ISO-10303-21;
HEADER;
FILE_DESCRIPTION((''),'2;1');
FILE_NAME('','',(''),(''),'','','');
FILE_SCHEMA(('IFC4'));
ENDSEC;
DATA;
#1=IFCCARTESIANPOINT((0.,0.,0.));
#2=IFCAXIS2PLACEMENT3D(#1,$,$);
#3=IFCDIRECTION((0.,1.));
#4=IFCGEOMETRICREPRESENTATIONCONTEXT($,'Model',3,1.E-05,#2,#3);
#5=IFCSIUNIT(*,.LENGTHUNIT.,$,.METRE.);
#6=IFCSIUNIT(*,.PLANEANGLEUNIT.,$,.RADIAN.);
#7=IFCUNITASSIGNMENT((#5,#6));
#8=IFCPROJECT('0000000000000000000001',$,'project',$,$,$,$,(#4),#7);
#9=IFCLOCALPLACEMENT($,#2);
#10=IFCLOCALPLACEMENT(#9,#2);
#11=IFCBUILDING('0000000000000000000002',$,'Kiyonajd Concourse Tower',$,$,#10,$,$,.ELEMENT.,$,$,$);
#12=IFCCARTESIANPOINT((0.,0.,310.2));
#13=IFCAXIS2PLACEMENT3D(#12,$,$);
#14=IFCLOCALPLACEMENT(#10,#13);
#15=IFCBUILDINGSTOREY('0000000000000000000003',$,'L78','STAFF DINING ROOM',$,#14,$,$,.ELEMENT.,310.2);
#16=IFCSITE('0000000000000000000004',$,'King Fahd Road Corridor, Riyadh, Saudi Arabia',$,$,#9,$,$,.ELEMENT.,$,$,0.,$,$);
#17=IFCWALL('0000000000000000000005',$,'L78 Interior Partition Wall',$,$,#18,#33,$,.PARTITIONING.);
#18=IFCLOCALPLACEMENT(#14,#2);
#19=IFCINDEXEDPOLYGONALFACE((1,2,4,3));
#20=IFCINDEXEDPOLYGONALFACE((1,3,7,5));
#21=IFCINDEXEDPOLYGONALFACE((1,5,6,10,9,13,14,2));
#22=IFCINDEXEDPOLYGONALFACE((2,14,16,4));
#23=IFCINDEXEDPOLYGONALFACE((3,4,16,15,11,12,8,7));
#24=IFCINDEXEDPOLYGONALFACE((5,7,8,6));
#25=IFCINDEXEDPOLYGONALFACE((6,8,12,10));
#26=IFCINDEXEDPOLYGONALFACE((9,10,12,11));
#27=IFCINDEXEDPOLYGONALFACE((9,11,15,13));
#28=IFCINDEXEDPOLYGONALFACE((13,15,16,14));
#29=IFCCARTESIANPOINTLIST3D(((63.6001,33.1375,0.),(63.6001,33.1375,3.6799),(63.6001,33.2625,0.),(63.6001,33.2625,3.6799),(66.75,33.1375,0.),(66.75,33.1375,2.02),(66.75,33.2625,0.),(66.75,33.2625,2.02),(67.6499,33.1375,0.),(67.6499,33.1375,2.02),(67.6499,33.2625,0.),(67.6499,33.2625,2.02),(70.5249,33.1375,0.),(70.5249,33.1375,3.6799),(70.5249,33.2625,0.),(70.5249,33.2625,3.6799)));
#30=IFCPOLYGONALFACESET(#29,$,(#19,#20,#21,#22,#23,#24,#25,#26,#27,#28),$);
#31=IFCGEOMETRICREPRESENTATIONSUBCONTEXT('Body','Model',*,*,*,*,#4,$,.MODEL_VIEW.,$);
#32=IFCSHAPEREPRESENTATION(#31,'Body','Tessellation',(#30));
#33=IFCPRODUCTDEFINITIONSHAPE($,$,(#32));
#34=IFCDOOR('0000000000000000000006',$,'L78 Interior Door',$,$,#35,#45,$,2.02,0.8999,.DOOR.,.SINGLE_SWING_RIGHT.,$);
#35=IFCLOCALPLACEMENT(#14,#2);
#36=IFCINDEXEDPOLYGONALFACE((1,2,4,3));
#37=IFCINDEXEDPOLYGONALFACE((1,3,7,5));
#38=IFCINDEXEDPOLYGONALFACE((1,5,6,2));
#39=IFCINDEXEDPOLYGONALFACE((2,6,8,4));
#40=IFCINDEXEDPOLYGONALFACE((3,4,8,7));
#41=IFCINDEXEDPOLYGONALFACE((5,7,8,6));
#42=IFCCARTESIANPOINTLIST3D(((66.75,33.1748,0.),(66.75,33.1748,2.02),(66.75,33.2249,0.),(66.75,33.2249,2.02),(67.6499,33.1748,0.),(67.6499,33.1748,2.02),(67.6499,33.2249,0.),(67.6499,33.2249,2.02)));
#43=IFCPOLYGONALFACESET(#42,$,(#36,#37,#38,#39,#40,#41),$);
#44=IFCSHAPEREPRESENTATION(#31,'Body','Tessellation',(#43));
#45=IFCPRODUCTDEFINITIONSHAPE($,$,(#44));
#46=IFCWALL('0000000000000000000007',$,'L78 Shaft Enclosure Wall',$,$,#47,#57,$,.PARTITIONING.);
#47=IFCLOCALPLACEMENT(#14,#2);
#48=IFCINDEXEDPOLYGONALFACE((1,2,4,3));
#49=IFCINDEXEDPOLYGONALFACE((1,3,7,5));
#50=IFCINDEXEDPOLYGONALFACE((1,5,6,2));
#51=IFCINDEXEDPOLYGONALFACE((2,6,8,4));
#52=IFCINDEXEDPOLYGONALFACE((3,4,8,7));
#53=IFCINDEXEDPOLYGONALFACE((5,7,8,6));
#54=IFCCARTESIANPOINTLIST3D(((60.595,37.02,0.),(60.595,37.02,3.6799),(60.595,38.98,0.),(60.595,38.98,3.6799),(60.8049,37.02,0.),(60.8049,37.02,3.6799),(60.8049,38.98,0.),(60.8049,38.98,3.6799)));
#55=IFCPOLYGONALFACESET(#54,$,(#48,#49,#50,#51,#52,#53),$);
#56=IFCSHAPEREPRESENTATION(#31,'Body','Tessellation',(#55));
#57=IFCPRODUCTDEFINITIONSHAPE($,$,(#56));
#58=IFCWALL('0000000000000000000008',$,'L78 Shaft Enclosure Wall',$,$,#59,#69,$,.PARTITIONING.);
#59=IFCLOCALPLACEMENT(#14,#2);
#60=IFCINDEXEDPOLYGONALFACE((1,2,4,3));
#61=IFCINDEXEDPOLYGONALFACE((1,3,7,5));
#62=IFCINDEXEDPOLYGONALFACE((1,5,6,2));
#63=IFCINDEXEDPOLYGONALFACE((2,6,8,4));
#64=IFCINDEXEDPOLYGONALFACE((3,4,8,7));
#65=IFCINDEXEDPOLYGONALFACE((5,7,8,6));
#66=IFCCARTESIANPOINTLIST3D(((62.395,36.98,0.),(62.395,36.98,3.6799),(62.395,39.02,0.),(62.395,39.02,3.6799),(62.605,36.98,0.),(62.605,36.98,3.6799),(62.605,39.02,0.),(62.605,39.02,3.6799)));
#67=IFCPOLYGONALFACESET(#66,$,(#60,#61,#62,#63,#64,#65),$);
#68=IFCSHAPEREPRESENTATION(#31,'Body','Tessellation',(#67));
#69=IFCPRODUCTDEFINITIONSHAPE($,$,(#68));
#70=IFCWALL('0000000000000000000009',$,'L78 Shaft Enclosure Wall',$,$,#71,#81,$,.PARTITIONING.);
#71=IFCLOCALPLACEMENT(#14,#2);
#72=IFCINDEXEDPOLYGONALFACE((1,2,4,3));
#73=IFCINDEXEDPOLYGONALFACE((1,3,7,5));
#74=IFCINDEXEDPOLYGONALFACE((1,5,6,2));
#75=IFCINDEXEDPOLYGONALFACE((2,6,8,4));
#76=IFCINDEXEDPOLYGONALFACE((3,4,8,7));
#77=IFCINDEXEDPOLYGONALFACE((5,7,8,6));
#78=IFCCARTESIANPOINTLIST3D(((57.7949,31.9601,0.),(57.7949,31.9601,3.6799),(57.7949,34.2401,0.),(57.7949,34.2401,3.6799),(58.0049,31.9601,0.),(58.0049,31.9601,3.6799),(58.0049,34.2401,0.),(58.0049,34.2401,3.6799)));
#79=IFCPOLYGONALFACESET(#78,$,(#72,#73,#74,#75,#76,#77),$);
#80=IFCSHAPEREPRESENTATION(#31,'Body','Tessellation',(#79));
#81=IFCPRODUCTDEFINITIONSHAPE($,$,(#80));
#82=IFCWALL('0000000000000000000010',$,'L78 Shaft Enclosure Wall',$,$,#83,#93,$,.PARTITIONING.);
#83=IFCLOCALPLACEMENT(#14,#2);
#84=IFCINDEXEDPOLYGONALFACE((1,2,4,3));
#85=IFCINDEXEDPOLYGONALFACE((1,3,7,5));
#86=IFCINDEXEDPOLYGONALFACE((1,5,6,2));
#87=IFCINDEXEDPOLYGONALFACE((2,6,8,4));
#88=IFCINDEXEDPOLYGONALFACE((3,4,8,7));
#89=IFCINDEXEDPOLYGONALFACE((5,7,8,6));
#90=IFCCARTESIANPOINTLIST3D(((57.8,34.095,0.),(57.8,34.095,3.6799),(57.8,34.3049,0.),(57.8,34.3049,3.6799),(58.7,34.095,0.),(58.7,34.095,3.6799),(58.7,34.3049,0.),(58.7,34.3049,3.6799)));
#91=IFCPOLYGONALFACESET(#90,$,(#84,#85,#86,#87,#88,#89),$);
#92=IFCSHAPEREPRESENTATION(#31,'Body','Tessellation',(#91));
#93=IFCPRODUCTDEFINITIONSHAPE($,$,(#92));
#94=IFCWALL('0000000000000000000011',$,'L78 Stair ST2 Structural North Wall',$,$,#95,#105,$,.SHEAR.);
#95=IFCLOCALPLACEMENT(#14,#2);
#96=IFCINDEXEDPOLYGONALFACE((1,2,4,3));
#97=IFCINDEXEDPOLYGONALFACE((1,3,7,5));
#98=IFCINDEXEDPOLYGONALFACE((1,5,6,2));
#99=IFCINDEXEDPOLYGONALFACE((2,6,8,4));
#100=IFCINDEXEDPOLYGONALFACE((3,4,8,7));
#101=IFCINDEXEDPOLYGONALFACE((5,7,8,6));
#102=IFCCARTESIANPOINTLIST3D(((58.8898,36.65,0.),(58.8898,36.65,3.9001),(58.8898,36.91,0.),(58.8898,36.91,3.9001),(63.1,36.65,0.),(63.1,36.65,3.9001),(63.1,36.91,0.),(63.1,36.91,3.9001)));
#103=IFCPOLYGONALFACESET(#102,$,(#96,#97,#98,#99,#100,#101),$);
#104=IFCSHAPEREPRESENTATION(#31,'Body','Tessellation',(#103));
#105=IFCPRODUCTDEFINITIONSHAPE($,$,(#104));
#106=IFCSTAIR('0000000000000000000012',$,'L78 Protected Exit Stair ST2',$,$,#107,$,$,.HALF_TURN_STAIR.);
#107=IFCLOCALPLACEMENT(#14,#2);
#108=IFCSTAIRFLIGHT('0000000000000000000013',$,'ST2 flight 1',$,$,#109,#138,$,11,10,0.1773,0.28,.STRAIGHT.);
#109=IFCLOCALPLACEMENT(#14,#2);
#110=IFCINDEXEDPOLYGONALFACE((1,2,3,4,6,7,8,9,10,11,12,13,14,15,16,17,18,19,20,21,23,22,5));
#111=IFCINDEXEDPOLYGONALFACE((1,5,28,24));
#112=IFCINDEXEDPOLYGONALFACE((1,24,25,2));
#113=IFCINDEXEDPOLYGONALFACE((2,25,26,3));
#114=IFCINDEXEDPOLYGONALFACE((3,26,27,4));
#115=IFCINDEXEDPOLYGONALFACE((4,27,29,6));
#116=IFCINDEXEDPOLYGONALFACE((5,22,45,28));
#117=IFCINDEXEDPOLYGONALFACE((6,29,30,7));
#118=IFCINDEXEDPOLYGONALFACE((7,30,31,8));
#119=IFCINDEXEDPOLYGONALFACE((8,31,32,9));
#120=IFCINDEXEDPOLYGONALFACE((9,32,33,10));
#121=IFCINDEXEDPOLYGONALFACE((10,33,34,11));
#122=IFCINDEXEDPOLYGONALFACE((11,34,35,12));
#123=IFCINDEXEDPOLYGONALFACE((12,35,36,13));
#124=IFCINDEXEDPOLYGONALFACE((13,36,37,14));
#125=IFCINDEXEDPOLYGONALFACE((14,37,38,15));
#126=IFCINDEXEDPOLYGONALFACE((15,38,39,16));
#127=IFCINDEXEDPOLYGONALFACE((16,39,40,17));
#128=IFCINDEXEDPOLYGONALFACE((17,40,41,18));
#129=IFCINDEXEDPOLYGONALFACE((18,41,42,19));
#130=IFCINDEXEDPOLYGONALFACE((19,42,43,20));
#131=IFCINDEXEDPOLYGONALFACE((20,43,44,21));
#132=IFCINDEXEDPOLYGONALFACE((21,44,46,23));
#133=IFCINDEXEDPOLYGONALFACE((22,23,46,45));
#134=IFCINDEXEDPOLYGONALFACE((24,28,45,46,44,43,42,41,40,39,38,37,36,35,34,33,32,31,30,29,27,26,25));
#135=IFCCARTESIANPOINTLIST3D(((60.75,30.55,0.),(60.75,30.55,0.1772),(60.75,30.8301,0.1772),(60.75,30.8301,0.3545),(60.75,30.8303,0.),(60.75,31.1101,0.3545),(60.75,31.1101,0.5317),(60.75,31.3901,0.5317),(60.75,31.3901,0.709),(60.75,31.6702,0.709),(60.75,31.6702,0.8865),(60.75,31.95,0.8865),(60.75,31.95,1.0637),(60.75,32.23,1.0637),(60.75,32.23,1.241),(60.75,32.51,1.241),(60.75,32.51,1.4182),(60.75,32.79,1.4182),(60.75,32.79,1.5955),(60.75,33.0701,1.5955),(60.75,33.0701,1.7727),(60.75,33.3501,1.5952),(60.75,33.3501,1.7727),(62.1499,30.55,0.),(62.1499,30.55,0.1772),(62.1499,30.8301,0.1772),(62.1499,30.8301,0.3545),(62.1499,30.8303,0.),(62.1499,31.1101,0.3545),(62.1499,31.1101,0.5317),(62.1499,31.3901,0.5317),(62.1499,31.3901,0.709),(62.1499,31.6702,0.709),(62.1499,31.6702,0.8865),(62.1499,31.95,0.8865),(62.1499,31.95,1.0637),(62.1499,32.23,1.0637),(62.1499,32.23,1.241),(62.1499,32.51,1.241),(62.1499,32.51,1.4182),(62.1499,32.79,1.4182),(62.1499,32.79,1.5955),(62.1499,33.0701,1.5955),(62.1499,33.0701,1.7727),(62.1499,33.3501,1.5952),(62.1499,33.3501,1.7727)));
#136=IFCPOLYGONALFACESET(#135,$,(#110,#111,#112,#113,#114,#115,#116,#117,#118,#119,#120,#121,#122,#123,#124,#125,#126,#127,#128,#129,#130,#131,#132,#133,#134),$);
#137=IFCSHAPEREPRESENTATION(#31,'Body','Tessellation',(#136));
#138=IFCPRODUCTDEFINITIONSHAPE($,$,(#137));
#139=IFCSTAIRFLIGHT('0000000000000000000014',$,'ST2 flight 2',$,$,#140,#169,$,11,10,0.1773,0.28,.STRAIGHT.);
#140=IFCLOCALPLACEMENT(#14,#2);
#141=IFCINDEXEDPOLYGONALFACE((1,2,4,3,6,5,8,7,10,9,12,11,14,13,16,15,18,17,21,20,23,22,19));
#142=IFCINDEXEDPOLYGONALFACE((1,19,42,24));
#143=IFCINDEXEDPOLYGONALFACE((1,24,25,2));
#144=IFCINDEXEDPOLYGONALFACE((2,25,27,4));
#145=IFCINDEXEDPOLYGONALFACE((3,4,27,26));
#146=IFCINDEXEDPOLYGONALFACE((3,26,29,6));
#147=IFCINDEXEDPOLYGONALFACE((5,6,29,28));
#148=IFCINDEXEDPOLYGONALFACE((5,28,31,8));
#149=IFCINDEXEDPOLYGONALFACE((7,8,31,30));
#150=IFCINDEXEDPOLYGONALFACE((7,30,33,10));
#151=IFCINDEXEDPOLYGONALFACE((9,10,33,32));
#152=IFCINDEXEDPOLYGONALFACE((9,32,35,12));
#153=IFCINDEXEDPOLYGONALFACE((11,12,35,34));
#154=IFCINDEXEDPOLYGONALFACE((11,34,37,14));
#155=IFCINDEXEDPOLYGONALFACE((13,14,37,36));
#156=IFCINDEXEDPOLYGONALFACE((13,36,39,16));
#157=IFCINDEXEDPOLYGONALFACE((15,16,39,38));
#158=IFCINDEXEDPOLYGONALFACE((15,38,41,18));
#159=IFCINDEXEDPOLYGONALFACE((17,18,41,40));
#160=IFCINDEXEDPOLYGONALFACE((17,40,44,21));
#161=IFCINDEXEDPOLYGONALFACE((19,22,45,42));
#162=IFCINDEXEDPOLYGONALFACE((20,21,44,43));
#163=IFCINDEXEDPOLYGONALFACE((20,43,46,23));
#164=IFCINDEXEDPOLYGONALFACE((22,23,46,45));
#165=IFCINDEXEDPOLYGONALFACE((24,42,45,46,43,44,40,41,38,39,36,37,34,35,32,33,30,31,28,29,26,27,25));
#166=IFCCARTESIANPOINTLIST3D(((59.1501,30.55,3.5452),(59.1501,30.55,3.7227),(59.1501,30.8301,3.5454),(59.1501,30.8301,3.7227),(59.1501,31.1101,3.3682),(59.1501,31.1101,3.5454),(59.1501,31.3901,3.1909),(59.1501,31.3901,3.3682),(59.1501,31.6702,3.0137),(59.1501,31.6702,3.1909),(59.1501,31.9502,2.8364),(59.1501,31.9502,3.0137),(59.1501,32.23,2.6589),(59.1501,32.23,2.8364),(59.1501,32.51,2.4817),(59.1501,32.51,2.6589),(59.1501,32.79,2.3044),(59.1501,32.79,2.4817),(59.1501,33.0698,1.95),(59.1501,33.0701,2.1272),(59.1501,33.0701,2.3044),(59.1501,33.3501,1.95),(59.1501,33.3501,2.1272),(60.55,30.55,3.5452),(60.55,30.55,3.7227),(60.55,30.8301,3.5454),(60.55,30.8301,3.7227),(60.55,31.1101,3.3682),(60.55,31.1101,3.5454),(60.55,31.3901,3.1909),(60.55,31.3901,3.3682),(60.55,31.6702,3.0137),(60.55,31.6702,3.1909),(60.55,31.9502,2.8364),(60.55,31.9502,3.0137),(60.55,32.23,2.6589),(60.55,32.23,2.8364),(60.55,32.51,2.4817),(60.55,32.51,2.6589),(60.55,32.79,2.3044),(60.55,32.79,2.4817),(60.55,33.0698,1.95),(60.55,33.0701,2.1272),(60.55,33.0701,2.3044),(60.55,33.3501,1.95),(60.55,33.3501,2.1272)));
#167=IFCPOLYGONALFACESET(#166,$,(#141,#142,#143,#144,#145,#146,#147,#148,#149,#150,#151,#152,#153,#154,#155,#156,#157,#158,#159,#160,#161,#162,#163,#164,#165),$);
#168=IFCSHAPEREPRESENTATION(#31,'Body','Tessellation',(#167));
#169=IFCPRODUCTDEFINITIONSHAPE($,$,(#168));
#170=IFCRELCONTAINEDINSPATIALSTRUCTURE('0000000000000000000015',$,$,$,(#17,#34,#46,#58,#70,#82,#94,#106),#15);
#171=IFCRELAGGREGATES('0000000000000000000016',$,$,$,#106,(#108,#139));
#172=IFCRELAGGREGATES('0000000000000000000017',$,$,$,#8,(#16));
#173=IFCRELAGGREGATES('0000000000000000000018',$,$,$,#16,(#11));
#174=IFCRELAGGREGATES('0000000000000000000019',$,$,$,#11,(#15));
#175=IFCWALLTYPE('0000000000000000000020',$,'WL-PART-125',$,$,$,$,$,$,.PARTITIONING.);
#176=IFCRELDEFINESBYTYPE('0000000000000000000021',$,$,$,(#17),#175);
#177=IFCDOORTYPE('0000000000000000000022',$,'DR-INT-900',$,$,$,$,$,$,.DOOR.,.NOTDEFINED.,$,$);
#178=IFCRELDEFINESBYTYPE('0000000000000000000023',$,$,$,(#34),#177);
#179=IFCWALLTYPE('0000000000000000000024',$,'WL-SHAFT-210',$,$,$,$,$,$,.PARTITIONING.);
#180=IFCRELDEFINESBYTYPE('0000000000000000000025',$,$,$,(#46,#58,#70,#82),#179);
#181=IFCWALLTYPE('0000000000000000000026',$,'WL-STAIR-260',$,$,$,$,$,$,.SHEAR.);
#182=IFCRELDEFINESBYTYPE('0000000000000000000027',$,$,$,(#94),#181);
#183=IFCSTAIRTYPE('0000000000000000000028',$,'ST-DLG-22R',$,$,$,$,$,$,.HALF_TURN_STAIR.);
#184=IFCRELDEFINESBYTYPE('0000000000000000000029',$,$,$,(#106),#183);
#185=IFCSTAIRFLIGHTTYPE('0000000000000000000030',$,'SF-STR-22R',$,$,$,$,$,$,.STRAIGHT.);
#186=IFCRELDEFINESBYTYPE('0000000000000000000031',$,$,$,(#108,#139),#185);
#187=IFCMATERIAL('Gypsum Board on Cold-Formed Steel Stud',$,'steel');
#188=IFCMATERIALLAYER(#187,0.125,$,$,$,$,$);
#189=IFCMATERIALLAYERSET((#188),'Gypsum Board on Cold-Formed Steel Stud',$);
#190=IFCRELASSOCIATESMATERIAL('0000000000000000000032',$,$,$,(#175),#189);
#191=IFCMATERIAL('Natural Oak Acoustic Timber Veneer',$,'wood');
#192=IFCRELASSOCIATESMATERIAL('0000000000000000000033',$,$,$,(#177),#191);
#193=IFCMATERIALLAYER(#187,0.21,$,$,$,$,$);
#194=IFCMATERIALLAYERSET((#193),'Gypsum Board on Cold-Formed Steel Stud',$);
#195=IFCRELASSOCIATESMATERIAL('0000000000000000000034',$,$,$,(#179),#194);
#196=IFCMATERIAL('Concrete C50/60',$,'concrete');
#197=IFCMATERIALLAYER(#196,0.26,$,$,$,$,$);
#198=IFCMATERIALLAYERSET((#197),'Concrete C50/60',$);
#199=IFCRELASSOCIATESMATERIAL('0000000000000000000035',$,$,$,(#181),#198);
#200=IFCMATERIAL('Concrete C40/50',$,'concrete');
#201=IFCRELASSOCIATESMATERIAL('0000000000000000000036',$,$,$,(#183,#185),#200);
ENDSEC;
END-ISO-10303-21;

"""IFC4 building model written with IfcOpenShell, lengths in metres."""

from ifc_helpers import new_model, si_unit, direction, frame, frame_2d, origin, place, context, subcontext, project, spatial, polyline, rectangle, outline, extrude, material, layer, layer_set, type_object, element, fill, aggregate, save


model = new_model("IFC4")

# Units and contexts
model_context = context("Model", 3, precision=1e-05, world=origin(), true_north=direction((0.0, 1.0)))
body_context = subcontext(model_context, "Body", "Model", "MODEL_VIEW")
ifc_project = project(units=[si_unit("LENGTHUNIT", "METRE"), si_unit("PLANEANGLEUNIT", "RADIAN")], contexts=[model_context])

# Site, building, storey
site_placement = place(None, origin())
site = spatial("IfcSite", under=ifc_project, at=site_placement, Name="King Fahd Road Corridor, Riyadh, Saudi Arabia", CompositionType="ELEMENT", RefElevation=0.0)
building_placement = place(site_placement, origin())
building = spatial("IfcBuilding", under=site, at=building_placement, Name="Kiyonajd Concourse Tower", CompositionType="ELEMENT")
storey_placement = place(building_placement, frame((0.0, 0.0, 310.2)))
storey = spatial("IfcBuildingStorey", under=building, at=storey_placement, Name="L78", Description="STAFF DINING ROOM", CompositionType="ELEMENT", Elevation=310.2)

# Shared definitions
ifc_material_1 = material(Name="Concrete C50/60", Category="concrete")

# Wall, opening, door
ifc_material_2 = material(Name="Gypsum Board on Cold-Formed Steel Stud", Category="steel")
ifc_layer_1 = layer(ifc_material_2, 0.125)
ifc_layer_set_1 = layer_set([ifc_layer_1], Name="Gypsum Board on Cold-Formed Steel Stud")
wall_type_1 = type_object("IfcWallType", Name="WL-PART-125", PredefinedType="PARTITIONING", material=ifc_layer_set_1)
wall_1_placement = place(storey_placement, frame((63.6001, 33.2, 0.0), z_axis=(0.0, 0.0, 1.0), x_axis=(1.0, 0.0, 0.0)))
wall_1 = element("IfcWall", 1, at=wall_1_placement, inside=storey, type_object=wall_type_1, Name="L78 Interior Partition Wall", PredefinedType="PARTITIONING", context=body_context, shape_type="SweptSolid", body=[
    extrude(rectangle(XDim=6.9248, YDim=0.125, at=frame_2d((3.4624, 0.0))), origin(), (0.0, 0.0, 1.0), 3.6799),
])
opening_1_placement = place(wall_1_placement, frame((3.1499, 0.0, 0.0)))
opening_1 = element("IfcOpeningElement", 2, at=opening_1_placement, cuts=wall_1, PredefinedType="OPENING", context=body_context, shape_type="SweptSolid", body=[
    extrude(rectangle(XDim=0.8999, YDim=2.02, at=frame_2d((0.45, 1.01))), frame((0.0, 0.0725, 0.0), z_axis=(0.0, -1.0, 0.0), x_axis=(1.0, 0.0, 0.0)), (0.0, 0.0, 1.0), 0.145),
])
ifc_material_3 = material(Name="Natural Oak Acoustic Timber Veneer", Category="wood")
door_type = type_object("IfcDoorType", Name="DR-INT-900", OperationType="NOTDEFINED", PredefinedType="DOOR", material=ifc_material_3)
door_placement = place(opening_1_placement, origin())
door = element("IfcDoor", 3, at=door_placement, inside=storey, type_object=door_type, Name="L78 Interior Door", OperationType="SINGLE_SWING_RIGHT", OverallHeight=2.02, OverallWidth=0.8999, PredefinedType="DOOR", context=body_context, shape_type="SweptSolid", body=[
    extrude(rectangle(XDim=0.8999, YDim=2.02, at=frame_2d((0.45, 1.01))), frame((0.0, 0.0249, 0.0), z_axis=(0.0, -1.0, 0.0), x_axis=(1.0, 0.0, 0.0)), (0.0, 0.0, 1.0), 0.05),
])
fill(opening_1, door)

# Walls
ifc_layer_2 = layer(ifc_material_2, 0.21)
ifc_layer_set_2 = layer_set([ifc_layer_2], Name="Gypsum Board on Cold-Formed Steel Stud")
wall_type_2 = type_object("IfcWallType", Name="WL-SHAFT-210", PredefinedType="PARTITIONING", material=ifc_layer_set_2)
wall_2_placement = place(storey_placement, frame((60.7, 37.02, 0.0), z_axis=(0.0, 0.0, 1.0), x_axis=(0.0, 1.0, 0.0)))
element("IfcWall", 4, at=wall_2_placement, inside=storey, type_object=wall_type_2, Name="L78 Shaft Enclosure Wall", PredefinedType="PARTITIONING", context=body_context, shape_type="SweptSolid", body=[
    extrude(rectangle(XDim=1.96, YDim=0.21, at=frame_2d((0.98, 0.0))), origin(), (0.0, 0.0, 1.0), 3.6799),
])
wall_3_placement = place(storey_placement, frame((62.5, 36.98, 0.0), z_axis=(0.0, 0.0, 1.0), x_axis=(0.0, 1.0, 0.0)))
element("IfcWall", 5, at=wall_3_placement, inside=storey, type_object=wall_type_2, Name="L78 Shaft Enclosure Wall", PredefinedType="PARTITIONING", context=body_context, shape_type="SweptSolid", body=[
    extrude(rectangle(XDim=2.04, YDim=0.21, at=frame_2d((1.02, 0.0))), origin(), (0.0, 0.0, 1.0), 3.6799),
])
wall_4_placement = place(storey_placement, frame((57.8999, 31.96, 0.0), z_axis=(0.0, 0.0, 1.0), x_axis=(0.0, 1.0, 0.0)))
element("IfcWall", 6, at=wall_4_placement, inside=storey, type_object=wall_type_2, Name="L78 Shaft Enclosure Wall", PredefinedType="PARTITIONING", context=body_context, shape_type="SweptSolid", body=[
    extrude(rectangle(XDim=2.28, YDim=0.21, at=frame_2d((1.1401, 0.0))), origin(), (0.0, 0.0, 1.0), 3.6799),
])
wall_5_placement = place(storey_placement, frame((57.8, 34.2, 0.0), z_axis=(0.0, 0.0, 1.0), x_axis=(1.0, 0.0, 0.0)))
element("IfcWall", 7, at=wall_5_placement, inside=storey, type_object=wall_type_2, Name="L78 Shaft Enclosure Wall", PredefinedType="PARTITIONING", context=body_context, shape_type="SweptSolid", body=[
    extrude(rectangle(XDim=0.8999, YDim=0.21, at=frame_2d((0.45, 0.0))), origin(), (0.0, 0.0, 1.0), 3.6799),
])
ifc_layer_3 = layer(ifc_material_1, 0.26)
ifc_layer_set_3 = layer_set([ifc_layer_3], Name="Concrete C50/60")
wall_type_3 = type_object("IfcWallType", Name="WL-STAIR-260", PredefinedType="SHEAR", material=ifc_layer_set_3)
wall_6_placement = place(storey_placement, frame((58.8899, 36.78, 0.0), z_axis=(0.0, 0.0, 1.0), x_axis=(1.0, 0.0, 0.0)))
element("IfcWall", 8, at=wall_6_placement, inside=storey, type_object=wall_type_3, Name="L78 Stair ST2 Structural North Wall", PredefinedType="SHEAR", context=body_context, shape_type="SweptSolid", body=[
    extrude(rectangle(XDim=4.2102, YDim=0.26, at=frame_2d((2.105, 0.0))), origin(), (0.0, 0.0, 1.0), 3.9001),
])

# Stair, stair flights
ifc_material_4 = material(Name="Concrete C40/50", Category="concrete")
stair_type = type_object("IfcStairType", Name="ST-DLG-22R", PredefinedType="HALF_TURN_STAIR", material=ifc_material_4)
stair_placement = place(storey_placement, origin())
stair = element("IfcStair", 9, at=stair_placement, inside=storey, type_object=stair_type, Name="L78 Protected Exit Stair ST2", PredefinedType="HALF_TURN_STAIR")
stair_flight_type = type_object("IfcStairFlightType", Name="SF-STR-22R", PredefinedType="STRAIGHT", material=ifc_material_4)
stair_flight_1_placement = place(storey_placement, frame((61.45, 30.55, 0.0), z_axis=(0.0, 0.0, 1.0), x_axis=(0.0, 1.0, 0.0)))
stair_flight_1 = element("IfcStairFlight", 10, at=stair_flight_1_placement, type_object=stair_flight_type, Name="ST2 flight 1", NumberOfRisers=11, NumberOfTreads=10, PredefinedType="STRAIGHT", RiserHeight=0.1773, TreadLength=0.28, context=body_context, shape_type="SweptSolid", body=[
    extrude(outline(polyline([(0.0, 0.0), (0.0, 0.1772), (0.28, 0.1772), (0.28, 0.3545), (0.5601, 0.3545), (0.5601, 0.5317), (0.8401, 0.5317), (0.8401, 0.709), (1.1201, 0.709), (1.1201, 0.8865), (1.3999, 0.8865), (1.3999, 1.0637), (1.6799, 1.0637), (1.6799, 1.241), (1.96, 1.241), (1.96, 1.4182), (2.24, 1.4182), (2.24, 1.5955), (2.52, 1.5955), (2.52, 1.7727), (2.8, 1.7727), (2.8, 1.95), (2.8, 1.5952), (0.2803, 0.0), (0.0, 0.0)])), frame((0.0, 0.7, 0.0), z_axis=(0.0, -1.0, 0.0), x_axis=(1.0, 0.0, 0.0)), (0.0, 0.0, 1.0), 1.3999),
])
stair_flight_2_placement = place(storey_placement, frame((59.8501, 33.3501, 1.95), z_axis=(0.0, 0.0, 1.0), x_axis=(0.0, -1.0, 0.0)))
stair_flight_2 = element("IfcStairFlight", 11, at=stair_flight_2_placement, type_object=stair_flight_type, Name="ST2 flight 2", NumberOfRisers=11, NumberOfTreads=10, PredefinedType="STRAIGHT", RiserHeight=0.1773, TreadLength=0.28, context=body_context, shape_type="SweptSolid", body=[
    extrude(outline(polyline([(0.0, 0.0), (0.0, 0.1772), (0.28, 0.1772), (0.28, 0.3545), (0.5601, 0.3545), (0.5601, 0.5317), (0.8401, 0.5317), (0.8401, 0.709), (1.1201, 0.709), (1.1201, 0.8865), (1.3999, 0.8865), (1.3999, 1.0637), (1.6799, 1.0637), (1.6799, 1.241), (1.96, 1.241), (1.96, 1.4182), (2.24, 1.4182), (2.24, 1.5955), (2.52, 1.5955), (2.52, 1.7727), (2.8, 1.7727), (2.8, 1.95), (2.8, 1.5952), (0.2803, 0.0), (0.0, 0.0)])), frame((0.0, 0.7, 0.0), z_axis=(0.0, -1.0, 0.0), x_axis=(1.0, 0.0, 0.0)), (0.0, 0.0, 1.0), 1.3999),
])
aggregate(stair, [stair_flight_1, stair_flight_2])

save(model, "model.ifc")
